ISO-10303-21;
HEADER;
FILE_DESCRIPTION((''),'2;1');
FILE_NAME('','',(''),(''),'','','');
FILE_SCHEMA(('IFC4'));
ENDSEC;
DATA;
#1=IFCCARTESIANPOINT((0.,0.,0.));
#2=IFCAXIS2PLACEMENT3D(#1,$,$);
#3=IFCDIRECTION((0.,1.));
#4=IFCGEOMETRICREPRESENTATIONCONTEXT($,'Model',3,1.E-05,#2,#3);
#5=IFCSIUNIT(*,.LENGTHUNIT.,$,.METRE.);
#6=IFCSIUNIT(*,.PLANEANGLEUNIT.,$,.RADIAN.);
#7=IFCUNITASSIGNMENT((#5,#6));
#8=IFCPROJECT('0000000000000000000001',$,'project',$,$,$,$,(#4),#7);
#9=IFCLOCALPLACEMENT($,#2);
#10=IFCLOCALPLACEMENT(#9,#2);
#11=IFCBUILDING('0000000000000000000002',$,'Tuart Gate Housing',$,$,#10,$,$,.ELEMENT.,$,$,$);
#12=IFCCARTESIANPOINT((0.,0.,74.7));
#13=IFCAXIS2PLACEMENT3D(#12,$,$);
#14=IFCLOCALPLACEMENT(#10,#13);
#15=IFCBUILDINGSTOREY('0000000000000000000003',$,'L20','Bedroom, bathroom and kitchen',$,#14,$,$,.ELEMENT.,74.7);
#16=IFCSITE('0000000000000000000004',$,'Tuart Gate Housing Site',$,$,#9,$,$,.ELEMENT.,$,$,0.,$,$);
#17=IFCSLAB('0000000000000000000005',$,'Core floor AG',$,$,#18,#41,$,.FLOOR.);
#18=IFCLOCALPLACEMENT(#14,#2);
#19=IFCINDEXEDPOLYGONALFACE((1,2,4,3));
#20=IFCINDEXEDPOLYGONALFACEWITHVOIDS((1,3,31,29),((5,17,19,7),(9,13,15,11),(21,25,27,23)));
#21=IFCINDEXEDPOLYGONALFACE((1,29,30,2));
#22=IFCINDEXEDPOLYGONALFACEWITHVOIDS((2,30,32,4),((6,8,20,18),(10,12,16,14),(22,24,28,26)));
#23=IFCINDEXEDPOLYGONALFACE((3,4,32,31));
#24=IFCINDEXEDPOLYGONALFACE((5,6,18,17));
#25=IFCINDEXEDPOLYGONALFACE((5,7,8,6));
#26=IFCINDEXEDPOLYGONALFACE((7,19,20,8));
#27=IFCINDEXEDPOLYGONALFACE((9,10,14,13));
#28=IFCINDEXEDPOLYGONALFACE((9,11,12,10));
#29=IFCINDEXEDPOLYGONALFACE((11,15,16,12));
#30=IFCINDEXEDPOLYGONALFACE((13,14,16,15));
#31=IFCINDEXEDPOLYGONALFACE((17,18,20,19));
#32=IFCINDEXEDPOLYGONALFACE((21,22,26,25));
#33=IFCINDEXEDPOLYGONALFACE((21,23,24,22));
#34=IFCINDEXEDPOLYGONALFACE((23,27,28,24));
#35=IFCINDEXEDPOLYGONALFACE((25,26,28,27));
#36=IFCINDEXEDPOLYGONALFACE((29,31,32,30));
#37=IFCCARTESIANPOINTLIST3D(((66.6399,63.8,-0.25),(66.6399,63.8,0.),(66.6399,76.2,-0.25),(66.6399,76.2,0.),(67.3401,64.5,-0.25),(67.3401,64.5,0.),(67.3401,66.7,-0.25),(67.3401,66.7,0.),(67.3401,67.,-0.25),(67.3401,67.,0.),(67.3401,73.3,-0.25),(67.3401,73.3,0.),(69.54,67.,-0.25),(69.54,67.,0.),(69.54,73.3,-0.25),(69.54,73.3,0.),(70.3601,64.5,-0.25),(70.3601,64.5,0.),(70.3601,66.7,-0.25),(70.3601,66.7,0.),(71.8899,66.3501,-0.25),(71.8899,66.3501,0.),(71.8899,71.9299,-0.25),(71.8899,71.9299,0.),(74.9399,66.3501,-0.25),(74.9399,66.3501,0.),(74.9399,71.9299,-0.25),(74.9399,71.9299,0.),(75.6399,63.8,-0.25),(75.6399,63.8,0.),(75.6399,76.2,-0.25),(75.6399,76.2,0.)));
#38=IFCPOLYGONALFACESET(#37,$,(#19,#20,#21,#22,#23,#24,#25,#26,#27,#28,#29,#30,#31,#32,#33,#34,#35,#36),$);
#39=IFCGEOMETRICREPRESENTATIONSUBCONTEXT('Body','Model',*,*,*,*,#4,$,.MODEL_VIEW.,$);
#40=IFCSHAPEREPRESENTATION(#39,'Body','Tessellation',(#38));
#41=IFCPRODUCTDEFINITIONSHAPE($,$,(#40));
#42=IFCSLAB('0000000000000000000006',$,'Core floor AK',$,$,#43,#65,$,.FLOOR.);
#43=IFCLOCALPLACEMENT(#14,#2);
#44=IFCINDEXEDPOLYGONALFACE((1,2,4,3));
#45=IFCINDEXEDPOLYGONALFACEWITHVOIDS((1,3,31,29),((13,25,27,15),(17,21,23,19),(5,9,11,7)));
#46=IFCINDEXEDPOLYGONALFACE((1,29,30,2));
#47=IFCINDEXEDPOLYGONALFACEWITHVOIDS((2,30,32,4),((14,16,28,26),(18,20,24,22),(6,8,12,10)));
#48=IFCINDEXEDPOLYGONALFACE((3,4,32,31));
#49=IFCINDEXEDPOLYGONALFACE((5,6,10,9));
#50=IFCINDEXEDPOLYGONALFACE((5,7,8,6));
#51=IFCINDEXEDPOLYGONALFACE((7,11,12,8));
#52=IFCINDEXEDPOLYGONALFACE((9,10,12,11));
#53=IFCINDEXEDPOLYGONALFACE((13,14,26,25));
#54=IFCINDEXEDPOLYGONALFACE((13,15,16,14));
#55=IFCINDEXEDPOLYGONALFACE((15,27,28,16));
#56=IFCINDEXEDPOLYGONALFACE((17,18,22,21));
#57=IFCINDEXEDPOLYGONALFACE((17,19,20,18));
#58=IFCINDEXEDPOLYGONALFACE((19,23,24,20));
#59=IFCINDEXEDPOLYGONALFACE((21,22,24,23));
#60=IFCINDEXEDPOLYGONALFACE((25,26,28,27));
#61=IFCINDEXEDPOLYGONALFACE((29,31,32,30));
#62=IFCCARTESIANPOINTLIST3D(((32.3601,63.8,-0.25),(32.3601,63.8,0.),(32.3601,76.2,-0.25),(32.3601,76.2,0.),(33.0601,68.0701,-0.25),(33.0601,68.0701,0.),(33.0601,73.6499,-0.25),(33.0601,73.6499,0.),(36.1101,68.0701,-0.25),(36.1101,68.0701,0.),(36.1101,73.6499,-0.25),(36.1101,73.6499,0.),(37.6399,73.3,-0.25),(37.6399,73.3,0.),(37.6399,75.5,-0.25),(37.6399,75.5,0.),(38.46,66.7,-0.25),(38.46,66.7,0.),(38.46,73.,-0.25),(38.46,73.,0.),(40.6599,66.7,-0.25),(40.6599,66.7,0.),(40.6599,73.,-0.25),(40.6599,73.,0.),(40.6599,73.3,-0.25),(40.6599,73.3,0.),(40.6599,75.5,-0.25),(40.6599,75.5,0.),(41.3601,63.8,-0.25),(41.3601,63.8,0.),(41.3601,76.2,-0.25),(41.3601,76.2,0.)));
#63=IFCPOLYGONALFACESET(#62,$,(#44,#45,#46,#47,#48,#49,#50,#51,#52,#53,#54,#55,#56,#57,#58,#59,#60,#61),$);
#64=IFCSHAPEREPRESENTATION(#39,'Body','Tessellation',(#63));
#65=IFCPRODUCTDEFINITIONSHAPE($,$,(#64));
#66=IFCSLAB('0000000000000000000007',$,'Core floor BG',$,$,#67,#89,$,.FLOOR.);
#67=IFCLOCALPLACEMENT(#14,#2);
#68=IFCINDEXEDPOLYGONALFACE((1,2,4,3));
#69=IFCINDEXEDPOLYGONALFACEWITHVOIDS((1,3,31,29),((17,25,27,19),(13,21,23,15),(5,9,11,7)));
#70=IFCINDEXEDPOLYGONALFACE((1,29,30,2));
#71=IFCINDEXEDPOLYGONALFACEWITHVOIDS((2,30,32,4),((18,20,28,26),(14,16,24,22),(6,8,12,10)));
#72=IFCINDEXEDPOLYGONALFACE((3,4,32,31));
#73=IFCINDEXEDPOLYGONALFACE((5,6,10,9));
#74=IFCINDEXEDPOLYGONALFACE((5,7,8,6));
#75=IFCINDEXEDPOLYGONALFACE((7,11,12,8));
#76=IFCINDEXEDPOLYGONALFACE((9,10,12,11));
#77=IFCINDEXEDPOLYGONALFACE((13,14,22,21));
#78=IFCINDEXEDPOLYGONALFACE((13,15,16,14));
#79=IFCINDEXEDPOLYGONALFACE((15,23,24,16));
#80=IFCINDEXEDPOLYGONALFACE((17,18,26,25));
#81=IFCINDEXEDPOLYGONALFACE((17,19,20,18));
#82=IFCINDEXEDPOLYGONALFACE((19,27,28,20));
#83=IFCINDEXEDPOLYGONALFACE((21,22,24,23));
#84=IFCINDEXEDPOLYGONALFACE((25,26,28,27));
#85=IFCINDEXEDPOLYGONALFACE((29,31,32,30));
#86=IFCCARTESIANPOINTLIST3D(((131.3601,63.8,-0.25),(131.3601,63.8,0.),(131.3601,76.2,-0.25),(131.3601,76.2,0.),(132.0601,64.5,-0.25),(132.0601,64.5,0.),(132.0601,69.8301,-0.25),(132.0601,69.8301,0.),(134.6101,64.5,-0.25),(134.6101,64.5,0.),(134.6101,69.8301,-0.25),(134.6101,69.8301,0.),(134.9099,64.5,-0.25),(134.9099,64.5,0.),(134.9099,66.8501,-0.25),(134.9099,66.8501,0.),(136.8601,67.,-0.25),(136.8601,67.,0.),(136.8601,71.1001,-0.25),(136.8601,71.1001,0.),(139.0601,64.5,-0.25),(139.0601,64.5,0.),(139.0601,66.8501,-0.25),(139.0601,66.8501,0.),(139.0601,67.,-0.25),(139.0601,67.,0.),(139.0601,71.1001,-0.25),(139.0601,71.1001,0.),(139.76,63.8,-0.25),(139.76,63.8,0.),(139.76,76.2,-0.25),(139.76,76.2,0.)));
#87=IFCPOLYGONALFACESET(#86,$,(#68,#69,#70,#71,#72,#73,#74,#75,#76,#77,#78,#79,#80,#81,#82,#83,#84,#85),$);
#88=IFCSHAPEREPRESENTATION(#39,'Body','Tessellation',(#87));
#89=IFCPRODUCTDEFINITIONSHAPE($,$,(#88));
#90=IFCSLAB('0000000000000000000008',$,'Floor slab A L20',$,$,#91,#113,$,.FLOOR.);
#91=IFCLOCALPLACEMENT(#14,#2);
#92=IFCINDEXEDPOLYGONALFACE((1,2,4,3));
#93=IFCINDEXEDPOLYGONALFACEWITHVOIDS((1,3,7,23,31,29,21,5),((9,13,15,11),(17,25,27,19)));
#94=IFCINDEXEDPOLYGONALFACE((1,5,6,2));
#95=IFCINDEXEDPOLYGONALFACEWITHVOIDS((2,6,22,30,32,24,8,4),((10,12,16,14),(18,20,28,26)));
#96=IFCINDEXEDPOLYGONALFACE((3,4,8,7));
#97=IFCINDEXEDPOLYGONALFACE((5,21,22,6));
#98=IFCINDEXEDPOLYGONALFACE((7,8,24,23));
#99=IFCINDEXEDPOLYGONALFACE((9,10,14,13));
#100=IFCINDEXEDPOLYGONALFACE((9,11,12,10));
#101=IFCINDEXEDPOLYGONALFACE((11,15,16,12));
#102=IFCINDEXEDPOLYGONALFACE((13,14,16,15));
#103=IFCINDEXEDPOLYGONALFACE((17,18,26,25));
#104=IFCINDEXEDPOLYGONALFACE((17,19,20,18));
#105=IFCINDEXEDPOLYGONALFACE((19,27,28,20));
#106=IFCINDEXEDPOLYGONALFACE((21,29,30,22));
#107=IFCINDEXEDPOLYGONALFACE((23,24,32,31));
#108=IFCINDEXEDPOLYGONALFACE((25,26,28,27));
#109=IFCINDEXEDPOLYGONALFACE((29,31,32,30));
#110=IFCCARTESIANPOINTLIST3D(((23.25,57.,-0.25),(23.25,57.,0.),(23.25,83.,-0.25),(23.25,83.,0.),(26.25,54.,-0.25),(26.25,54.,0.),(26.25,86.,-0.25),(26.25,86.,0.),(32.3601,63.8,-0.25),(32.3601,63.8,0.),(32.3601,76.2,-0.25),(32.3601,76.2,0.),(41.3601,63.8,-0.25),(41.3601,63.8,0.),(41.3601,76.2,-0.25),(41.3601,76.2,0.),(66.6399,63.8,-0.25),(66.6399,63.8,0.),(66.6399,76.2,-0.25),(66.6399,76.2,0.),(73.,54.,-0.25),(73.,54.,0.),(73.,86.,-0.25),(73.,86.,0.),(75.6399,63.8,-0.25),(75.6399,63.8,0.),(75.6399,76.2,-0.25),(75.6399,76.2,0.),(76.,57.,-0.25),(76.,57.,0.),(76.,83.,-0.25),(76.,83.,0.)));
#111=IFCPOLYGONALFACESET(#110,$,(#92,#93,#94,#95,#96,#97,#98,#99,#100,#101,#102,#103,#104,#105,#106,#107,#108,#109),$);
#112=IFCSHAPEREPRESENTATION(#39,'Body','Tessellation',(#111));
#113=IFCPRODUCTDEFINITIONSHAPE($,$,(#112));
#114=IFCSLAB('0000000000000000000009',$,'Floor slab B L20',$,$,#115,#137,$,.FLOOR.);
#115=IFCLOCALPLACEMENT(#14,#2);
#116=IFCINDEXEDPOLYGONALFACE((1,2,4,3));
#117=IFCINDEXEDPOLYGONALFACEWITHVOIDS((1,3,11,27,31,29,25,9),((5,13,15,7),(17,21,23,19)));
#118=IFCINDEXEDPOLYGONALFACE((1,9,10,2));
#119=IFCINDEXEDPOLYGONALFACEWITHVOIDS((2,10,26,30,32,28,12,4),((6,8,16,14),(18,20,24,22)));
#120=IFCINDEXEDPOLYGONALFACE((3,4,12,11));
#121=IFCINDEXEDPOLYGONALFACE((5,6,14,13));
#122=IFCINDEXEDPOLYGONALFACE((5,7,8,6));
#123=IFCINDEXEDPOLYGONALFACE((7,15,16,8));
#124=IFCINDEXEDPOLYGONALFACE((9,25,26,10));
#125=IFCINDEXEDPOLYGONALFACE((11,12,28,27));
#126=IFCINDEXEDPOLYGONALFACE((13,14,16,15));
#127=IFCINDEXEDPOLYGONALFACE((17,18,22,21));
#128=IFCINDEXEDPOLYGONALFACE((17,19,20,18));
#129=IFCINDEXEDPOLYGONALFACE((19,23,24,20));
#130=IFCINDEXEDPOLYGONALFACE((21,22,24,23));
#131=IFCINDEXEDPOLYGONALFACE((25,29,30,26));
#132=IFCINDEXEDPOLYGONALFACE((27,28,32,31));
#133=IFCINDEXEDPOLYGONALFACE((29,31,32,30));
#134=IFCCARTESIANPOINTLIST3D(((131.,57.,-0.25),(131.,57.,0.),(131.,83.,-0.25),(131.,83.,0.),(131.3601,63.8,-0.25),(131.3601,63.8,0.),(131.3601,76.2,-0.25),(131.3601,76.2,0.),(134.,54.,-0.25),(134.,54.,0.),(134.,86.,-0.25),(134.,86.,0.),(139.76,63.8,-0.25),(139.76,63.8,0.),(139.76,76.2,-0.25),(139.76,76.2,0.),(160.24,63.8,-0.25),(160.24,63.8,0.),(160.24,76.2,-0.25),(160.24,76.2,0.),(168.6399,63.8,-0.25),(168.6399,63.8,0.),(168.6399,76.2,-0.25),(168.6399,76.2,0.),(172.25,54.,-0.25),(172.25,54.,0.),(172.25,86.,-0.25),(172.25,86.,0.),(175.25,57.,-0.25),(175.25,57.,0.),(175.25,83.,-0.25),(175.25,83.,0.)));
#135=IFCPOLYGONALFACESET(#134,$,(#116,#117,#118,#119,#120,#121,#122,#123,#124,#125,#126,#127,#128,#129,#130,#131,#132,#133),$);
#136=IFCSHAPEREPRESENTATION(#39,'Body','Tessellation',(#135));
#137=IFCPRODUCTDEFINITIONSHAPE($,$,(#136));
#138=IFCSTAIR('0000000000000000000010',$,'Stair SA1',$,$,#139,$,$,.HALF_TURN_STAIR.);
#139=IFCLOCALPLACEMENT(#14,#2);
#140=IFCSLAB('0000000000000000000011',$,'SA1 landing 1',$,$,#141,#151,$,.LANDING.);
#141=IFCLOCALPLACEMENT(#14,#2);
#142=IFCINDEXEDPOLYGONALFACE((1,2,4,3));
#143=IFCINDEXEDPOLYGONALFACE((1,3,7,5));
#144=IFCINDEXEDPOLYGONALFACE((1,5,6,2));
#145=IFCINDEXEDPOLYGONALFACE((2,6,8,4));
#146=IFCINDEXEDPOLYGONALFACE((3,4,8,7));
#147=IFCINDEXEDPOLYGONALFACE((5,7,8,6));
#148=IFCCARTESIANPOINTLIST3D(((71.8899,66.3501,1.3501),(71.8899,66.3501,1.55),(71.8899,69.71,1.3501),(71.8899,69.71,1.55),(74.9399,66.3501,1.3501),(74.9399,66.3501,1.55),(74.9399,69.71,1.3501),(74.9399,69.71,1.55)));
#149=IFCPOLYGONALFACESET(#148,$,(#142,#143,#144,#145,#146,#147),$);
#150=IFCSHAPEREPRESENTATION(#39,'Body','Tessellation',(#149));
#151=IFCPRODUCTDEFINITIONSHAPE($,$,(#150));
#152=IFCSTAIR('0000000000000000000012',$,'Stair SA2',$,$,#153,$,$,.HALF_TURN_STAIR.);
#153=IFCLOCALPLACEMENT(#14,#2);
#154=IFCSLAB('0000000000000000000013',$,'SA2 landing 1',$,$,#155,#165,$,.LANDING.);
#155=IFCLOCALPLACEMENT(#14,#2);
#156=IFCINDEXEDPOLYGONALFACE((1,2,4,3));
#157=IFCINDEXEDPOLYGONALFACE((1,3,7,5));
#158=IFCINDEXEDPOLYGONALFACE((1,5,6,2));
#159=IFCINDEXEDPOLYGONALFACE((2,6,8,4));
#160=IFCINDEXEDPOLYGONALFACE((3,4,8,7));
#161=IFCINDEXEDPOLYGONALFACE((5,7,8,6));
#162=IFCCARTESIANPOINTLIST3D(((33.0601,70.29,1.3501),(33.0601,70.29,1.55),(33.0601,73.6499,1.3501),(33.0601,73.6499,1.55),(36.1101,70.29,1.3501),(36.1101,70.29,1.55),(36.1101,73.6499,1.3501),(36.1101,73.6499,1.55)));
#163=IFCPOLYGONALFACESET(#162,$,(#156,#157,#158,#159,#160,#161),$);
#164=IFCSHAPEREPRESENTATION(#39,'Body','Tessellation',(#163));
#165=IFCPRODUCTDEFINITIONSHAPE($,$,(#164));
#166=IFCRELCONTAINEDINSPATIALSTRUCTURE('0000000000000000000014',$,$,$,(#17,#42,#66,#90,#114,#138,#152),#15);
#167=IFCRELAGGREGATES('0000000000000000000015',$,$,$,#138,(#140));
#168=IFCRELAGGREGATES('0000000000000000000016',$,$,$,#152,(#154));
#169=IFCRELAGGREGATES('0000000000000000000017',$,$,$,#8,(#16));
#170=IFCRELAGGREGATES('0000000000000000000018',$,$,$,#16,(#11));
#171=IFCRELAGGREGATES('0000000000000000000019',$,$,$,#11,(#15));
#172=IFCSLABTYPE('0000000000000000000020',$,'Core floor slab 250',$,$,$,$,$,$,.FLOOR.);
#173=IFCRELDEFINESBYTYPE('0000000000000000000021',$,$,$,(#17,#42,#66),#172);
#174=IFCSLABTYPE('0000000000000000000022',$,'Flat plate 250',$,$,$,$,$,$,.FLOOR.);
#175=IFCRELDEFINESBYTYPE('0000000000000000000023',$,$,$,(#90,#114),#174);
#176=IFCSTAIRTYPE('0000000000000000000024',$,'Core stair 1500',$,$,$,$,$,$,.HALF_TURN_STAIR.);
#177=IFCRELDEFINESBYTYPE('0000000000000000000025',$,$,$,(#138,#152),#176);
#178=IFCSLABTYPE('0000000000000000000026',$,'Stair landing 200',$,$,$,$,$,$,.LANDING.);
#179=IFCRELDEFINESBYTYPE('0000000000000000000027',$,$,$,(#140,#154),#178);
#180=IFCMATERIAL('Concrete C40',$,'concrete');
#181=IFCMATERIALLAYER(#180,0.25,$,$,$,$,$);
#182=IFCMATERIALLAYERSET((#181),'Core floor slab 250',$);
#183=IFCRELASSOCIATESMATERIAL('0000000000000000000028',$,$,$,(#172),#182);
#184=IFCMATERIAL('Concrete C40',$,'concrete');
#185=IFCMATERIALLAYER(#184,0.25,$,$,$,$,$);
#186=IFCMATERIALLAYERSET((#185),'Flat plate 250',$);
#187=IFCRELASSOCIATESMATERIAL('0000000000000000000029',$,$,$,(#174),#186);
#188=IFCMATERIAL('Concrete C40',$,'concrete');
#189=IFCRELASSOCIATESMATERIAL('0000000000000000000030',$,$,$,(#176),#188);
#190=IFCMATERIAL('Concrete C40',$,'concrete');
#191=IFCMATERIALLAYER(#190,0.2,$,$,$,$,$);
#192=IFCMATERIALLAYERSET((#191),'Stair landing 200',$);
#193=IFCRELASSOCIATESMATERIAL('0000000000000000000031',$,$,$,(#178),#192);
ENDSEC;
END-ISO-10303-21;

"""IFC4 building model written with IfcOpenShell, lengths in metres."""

from ifc_helpers import new_model, si_unit, direction, frame, origin, place, context, subcontext, project, spatial, polyline, outline, extrude, material, layer, layer_set, type_object, element, aggregate, save


model = new_model("IFC4")

# Units and contexts
model_context = context("Model", 3, precision=1e-05, world=origin(), true_north=direction((0.0, 1.0)))
body_context = subcontext(model_context, "Body", "Model", "MODEL_VIEW")
ifc_project = project(units=[si_unit("LENGTHUNIT", "METRE"), si_unit("PLANEANGLEUNIT", "RADIAN")], contexts=[model_context])

# Site, building, storey
site_placement = place(None, origin())
site = spatial("IfcSite", under=ifc_project, at=site_placement, Name="Tuart Gate Housing Site", CompositionType="ELEMENT", RefElevation=0.0)
building_placement = place(site_placement, origin())
building = spatial("IfcBuilding", under=site, at=building_placement, Name="Tuart Gate Housing", CompositionType="ELEMENT")
storey_placement = place(building_placement, frame((0.0, 0.0, 74.7)))
storey = spatial("IfcBuildingStorey", under=building, at=storey_placement, Name="L20", Description="Bedroom, bathroom and kitchen", CompositionType="ELEMENT", Elevation=74.7)

# Slabs
ifc_material_1 = material(Name="Concrete C40", Category="concrete")
ifc_layer_1 = layer(ifc_material_1, 0.25)
ifc_layer_set_1 = layer_set([ifc_layer_1], Name="Core floor slab 250")
slab_type_1 = type_object("IfcSlabType", Name="Core floor slab 250", PredefinedType="FLOOR", material=ifc_layer_set_1)
slab_1_placement = place(storey_placement, frame((0.0, 0.0, -0.25)))
element("IfcSlab", 1, at=slab_1_placement, inside=storey, type_object=slab_type_1, Name="Core floor AG", PredefinedType="FLOOR", context=body_context, shape_type="SweptSolid", body=[
    extrude(outline(polyline([(66.6399, 63.8), (75.6399, 63.8), (75.6399, 76.2), (66.6399, 76.2), (66.6399, 63.8)]), holes=[polyline([(67.3401, 64.5), (70.3601, 64.5), (70.3601, 66.7), (67.3401, 66.7), (67.3401, 64.5)]), polyline([(67.3401, 67.0), (69.54, 67.0), (69.54, 73.3), (67.3401, 73.3), (67.3401, 67.0)]), polyline([(71.8899, 66.3501), (74.9399, 66.3501), (74.9399, 71.9299), (71.8899, 71.9299), (71.8899, 66.3501)])]), origin(), (0.0, 0.0, 1.0), 0.25),
])
slab_2_placement = place(storey_placement, frame((0.0, 0.0, -0.25)))
element("IfcSlab", 2, at=slab_2_placement, inside=storey, type_object=slab_type_1, Name="Core floor AK", PredefinedType="FLOOR", context=body_context, shape_type="SweptSolid", body=[
    extrude(outline(polyline([(32.3601, 63.8), (41.3601, 63.8), (41.3601, 76.2), (32.3601, 76.2), (32.3601, 63.8)]), holes=[polyline([(40.6599, 75.5), (37.6399, 75.5), (37.6399, 73.3), (40.6599, 73.3), (40.6599, 75.5)]), polyline([(40.6599, 73.0), (38.46, 73.0), (38.46, 66.7), (40.6599, 66.7), (40.6599, 73.0)]), polyline([(36.1101, 73.6499), (33.0601, 73.6499), (33.0601, 68.0701), (36.1101, 68.0701), (36.1101, 73.6499)])]), origin(), (0.0, 0.0, 1.0), 0.25),
])
slab_3_placement = place(storey_placement, frame((0.0, 0.0, -0.25)))
element("IfcSlab", 3, at=slab_3_placement, inside=storey, type_object=slab_type_1, Name="Core floor BG", PredefinedType="FLOOR", context=body_context, shape_type="SweptSolid", body=[
    extrude(outline(polyline([(131.3601, 63.8), (139.76, 63.8), (139.76, 76.2), (131.3601, 76.2), (131.3601, 63.8)]), holes=[polyline([(139.0601, 66.8501), (134.9099, 66.8501), (134.9099, 64.5), (139.0601, 64.5), (139.0601, 66.8501)]), polyline([(139.0601, 71.1001), (136.8601, 71.1001), (136.8601, 67.0), (139.0601, 67.0), (139.0601, 71.1001)]), polyline([(134.6101, 69.8301), (132.0601, 69.8301), (132.0601, 64.5), (134.6101, 64.5), (134.6101, 69.8301)])]), origin(), (0.0, 0.0, 1.0), 0.25),
])
ifc_material_2 = material(Name="Concrete C40", Category="concrete")
ifc_layer_2 = layer(ifc_material_2, 0.25)
ifc_layer_set_2 = layer_set([ifc_layer_2], Name="Flat plate 250")
slab_type_2 = type_object("IfcSlabType", Name="Flat plate 250", PredefinedType="FLOOR", material=ifc_layer_set_2)
slab_4_placement = place(storey_placement, frame((0.0, 0.0, -0.25)))
element("IfcSlab", 4, at=slab_4_placement, inside=storey, type_object=slab_type_2, Name="Floor slab A L20", PredefinedType="FLOOR", context=body_context, shape_type="SweptSolid", body=[
    extrude(outline(polyline([(26.25, 86.0), (23.25, 83.0), (23.25, 57.0), (26.25, 54.0), (73.0, 54.0), (76.0, 57.0), (76.0, 83.0), (73.0, 86.0), (26.25, 86.0)]), holes=[polyline([(66.6399, 76.2), (75.6399, 76.2), (75.6399, 63.8), (66.6399, 63.8), (66.6399, 76.2)]), polyline([(41.3601, 76.2), (41.3601, 63.8), (32.3601, 63.8), (32.3601, 76.2), (41.3601, 76.2)])]), origin(), (0.0, 0.0, 1.0), 0.25),
])
slab_5_placement = place(storey_placement, frame((0.0, 0.0, -0.25)))
element("IfcSlab", 5, at=slab_5_placement, inside=storey, type_object=slab_type_2, Name="Floor slab B L20", PredefinedType="FLOOR", context=body_context, shape_type="SweptSolid", body=[
    extrude(outline(polyline([(134.0, 86.0), (131.0, 83.0), (131.0, 57.0), (134.0, 54.0), (172.25, 54.0), (175.25, 57.0), (175.25, 83.0), (172.25, 86.0), (134.0, 86.0)]), holes=[polyline([(131.3601, 76.2), (139.76, 76.2), (139.76, 63.8), (131.3601, 63.8), (131.3601, 76.2)]), polyline([(168.6399, 76.2), (168.6399, 63.8), (160.24, 63.8), (160.24, 76.2), (168.6399, 76.2)])]), origin(), (0.0, 0.0, 1.0), 0.25),
])

# Stairs, slabs
ifc_material_3 = material(Name="Concrete C40", Category="concrete")
stair_type = type_object("IfcStairType", Name="Core stair 1500", PredefinedType="HALF_TURN_STAIR", material=ifc_material_3)
stair_1_placement = place(storey_placement, origin())
stair_1 = element("IfcStair", 6, at=stair_1_placement, inside=storey, type_object=stair_type, Name="Stair SA1", PredefinedType="HALF_TURN_STAIR")
ifc_material_4 = material(Name="Concrete C40", Category="concrete")
ifc_layer_3 = layer(ifc_material_4, 0.2)
ifc_layer_set_3 = layer_set([ifc_layer_3], Name="Stair landing 200")
slab_type_3 = type_object("IfcSlabType", Name="Stair landing 200", PredefinedType="LANDING", material=ifc_layer_set_3)
slab_6_placement = place(storey_placement, frame((0.0, 0.0, 1.3501)))
slab_6 = element("IfcSlab", 7, at=slab_6_placement, type_object=slab_type_3, Name="SA1 landing 1", PredefinedType="LANDING", context=body_context, shape_type="SweptSolid", body=[
    extrude(outline(polyline([(71.8899, 66.3501), (74.9399, 66.3501), (74.9399, 69.71), (71.8899, 69.71), (71.8899, 66.3501)])), origin(), (0.0, 0.0, 1.0), 0.2),
])
aggregate(stair_1, [slab_6])
stair_2_placement = place(storey_placement, origin())
stair_2 = element("IfcStair", 8, at=stair_2_placement, inside=storey, type_object=stair_type, Name="Stair SA2", PredefinedType="HALF_TURN_STAIR")
slab_7_placement = place(storey_placement, frame((0.0, 0.0, 1.3501)))
slab_7 = element("IfcSlab", 9, at=slab_7_placement, type_object=slab_type_3, Name="SA2 landing 1", PredefinedType="LANDING", context=body_context, shape_type="SweptSolid", body=[
    extrude(outline(polyline([(36.1101, 73.6499), (33.0601, 73.6499), (33.0601, 70.29), (36.1101, 70.29), (36.1101, 73.6499)])), origin(), (0.0, 0.0, 1.0), 0.2),
])
aggregate(stair_2, [slab_7])

save(model, "model.ifc")
